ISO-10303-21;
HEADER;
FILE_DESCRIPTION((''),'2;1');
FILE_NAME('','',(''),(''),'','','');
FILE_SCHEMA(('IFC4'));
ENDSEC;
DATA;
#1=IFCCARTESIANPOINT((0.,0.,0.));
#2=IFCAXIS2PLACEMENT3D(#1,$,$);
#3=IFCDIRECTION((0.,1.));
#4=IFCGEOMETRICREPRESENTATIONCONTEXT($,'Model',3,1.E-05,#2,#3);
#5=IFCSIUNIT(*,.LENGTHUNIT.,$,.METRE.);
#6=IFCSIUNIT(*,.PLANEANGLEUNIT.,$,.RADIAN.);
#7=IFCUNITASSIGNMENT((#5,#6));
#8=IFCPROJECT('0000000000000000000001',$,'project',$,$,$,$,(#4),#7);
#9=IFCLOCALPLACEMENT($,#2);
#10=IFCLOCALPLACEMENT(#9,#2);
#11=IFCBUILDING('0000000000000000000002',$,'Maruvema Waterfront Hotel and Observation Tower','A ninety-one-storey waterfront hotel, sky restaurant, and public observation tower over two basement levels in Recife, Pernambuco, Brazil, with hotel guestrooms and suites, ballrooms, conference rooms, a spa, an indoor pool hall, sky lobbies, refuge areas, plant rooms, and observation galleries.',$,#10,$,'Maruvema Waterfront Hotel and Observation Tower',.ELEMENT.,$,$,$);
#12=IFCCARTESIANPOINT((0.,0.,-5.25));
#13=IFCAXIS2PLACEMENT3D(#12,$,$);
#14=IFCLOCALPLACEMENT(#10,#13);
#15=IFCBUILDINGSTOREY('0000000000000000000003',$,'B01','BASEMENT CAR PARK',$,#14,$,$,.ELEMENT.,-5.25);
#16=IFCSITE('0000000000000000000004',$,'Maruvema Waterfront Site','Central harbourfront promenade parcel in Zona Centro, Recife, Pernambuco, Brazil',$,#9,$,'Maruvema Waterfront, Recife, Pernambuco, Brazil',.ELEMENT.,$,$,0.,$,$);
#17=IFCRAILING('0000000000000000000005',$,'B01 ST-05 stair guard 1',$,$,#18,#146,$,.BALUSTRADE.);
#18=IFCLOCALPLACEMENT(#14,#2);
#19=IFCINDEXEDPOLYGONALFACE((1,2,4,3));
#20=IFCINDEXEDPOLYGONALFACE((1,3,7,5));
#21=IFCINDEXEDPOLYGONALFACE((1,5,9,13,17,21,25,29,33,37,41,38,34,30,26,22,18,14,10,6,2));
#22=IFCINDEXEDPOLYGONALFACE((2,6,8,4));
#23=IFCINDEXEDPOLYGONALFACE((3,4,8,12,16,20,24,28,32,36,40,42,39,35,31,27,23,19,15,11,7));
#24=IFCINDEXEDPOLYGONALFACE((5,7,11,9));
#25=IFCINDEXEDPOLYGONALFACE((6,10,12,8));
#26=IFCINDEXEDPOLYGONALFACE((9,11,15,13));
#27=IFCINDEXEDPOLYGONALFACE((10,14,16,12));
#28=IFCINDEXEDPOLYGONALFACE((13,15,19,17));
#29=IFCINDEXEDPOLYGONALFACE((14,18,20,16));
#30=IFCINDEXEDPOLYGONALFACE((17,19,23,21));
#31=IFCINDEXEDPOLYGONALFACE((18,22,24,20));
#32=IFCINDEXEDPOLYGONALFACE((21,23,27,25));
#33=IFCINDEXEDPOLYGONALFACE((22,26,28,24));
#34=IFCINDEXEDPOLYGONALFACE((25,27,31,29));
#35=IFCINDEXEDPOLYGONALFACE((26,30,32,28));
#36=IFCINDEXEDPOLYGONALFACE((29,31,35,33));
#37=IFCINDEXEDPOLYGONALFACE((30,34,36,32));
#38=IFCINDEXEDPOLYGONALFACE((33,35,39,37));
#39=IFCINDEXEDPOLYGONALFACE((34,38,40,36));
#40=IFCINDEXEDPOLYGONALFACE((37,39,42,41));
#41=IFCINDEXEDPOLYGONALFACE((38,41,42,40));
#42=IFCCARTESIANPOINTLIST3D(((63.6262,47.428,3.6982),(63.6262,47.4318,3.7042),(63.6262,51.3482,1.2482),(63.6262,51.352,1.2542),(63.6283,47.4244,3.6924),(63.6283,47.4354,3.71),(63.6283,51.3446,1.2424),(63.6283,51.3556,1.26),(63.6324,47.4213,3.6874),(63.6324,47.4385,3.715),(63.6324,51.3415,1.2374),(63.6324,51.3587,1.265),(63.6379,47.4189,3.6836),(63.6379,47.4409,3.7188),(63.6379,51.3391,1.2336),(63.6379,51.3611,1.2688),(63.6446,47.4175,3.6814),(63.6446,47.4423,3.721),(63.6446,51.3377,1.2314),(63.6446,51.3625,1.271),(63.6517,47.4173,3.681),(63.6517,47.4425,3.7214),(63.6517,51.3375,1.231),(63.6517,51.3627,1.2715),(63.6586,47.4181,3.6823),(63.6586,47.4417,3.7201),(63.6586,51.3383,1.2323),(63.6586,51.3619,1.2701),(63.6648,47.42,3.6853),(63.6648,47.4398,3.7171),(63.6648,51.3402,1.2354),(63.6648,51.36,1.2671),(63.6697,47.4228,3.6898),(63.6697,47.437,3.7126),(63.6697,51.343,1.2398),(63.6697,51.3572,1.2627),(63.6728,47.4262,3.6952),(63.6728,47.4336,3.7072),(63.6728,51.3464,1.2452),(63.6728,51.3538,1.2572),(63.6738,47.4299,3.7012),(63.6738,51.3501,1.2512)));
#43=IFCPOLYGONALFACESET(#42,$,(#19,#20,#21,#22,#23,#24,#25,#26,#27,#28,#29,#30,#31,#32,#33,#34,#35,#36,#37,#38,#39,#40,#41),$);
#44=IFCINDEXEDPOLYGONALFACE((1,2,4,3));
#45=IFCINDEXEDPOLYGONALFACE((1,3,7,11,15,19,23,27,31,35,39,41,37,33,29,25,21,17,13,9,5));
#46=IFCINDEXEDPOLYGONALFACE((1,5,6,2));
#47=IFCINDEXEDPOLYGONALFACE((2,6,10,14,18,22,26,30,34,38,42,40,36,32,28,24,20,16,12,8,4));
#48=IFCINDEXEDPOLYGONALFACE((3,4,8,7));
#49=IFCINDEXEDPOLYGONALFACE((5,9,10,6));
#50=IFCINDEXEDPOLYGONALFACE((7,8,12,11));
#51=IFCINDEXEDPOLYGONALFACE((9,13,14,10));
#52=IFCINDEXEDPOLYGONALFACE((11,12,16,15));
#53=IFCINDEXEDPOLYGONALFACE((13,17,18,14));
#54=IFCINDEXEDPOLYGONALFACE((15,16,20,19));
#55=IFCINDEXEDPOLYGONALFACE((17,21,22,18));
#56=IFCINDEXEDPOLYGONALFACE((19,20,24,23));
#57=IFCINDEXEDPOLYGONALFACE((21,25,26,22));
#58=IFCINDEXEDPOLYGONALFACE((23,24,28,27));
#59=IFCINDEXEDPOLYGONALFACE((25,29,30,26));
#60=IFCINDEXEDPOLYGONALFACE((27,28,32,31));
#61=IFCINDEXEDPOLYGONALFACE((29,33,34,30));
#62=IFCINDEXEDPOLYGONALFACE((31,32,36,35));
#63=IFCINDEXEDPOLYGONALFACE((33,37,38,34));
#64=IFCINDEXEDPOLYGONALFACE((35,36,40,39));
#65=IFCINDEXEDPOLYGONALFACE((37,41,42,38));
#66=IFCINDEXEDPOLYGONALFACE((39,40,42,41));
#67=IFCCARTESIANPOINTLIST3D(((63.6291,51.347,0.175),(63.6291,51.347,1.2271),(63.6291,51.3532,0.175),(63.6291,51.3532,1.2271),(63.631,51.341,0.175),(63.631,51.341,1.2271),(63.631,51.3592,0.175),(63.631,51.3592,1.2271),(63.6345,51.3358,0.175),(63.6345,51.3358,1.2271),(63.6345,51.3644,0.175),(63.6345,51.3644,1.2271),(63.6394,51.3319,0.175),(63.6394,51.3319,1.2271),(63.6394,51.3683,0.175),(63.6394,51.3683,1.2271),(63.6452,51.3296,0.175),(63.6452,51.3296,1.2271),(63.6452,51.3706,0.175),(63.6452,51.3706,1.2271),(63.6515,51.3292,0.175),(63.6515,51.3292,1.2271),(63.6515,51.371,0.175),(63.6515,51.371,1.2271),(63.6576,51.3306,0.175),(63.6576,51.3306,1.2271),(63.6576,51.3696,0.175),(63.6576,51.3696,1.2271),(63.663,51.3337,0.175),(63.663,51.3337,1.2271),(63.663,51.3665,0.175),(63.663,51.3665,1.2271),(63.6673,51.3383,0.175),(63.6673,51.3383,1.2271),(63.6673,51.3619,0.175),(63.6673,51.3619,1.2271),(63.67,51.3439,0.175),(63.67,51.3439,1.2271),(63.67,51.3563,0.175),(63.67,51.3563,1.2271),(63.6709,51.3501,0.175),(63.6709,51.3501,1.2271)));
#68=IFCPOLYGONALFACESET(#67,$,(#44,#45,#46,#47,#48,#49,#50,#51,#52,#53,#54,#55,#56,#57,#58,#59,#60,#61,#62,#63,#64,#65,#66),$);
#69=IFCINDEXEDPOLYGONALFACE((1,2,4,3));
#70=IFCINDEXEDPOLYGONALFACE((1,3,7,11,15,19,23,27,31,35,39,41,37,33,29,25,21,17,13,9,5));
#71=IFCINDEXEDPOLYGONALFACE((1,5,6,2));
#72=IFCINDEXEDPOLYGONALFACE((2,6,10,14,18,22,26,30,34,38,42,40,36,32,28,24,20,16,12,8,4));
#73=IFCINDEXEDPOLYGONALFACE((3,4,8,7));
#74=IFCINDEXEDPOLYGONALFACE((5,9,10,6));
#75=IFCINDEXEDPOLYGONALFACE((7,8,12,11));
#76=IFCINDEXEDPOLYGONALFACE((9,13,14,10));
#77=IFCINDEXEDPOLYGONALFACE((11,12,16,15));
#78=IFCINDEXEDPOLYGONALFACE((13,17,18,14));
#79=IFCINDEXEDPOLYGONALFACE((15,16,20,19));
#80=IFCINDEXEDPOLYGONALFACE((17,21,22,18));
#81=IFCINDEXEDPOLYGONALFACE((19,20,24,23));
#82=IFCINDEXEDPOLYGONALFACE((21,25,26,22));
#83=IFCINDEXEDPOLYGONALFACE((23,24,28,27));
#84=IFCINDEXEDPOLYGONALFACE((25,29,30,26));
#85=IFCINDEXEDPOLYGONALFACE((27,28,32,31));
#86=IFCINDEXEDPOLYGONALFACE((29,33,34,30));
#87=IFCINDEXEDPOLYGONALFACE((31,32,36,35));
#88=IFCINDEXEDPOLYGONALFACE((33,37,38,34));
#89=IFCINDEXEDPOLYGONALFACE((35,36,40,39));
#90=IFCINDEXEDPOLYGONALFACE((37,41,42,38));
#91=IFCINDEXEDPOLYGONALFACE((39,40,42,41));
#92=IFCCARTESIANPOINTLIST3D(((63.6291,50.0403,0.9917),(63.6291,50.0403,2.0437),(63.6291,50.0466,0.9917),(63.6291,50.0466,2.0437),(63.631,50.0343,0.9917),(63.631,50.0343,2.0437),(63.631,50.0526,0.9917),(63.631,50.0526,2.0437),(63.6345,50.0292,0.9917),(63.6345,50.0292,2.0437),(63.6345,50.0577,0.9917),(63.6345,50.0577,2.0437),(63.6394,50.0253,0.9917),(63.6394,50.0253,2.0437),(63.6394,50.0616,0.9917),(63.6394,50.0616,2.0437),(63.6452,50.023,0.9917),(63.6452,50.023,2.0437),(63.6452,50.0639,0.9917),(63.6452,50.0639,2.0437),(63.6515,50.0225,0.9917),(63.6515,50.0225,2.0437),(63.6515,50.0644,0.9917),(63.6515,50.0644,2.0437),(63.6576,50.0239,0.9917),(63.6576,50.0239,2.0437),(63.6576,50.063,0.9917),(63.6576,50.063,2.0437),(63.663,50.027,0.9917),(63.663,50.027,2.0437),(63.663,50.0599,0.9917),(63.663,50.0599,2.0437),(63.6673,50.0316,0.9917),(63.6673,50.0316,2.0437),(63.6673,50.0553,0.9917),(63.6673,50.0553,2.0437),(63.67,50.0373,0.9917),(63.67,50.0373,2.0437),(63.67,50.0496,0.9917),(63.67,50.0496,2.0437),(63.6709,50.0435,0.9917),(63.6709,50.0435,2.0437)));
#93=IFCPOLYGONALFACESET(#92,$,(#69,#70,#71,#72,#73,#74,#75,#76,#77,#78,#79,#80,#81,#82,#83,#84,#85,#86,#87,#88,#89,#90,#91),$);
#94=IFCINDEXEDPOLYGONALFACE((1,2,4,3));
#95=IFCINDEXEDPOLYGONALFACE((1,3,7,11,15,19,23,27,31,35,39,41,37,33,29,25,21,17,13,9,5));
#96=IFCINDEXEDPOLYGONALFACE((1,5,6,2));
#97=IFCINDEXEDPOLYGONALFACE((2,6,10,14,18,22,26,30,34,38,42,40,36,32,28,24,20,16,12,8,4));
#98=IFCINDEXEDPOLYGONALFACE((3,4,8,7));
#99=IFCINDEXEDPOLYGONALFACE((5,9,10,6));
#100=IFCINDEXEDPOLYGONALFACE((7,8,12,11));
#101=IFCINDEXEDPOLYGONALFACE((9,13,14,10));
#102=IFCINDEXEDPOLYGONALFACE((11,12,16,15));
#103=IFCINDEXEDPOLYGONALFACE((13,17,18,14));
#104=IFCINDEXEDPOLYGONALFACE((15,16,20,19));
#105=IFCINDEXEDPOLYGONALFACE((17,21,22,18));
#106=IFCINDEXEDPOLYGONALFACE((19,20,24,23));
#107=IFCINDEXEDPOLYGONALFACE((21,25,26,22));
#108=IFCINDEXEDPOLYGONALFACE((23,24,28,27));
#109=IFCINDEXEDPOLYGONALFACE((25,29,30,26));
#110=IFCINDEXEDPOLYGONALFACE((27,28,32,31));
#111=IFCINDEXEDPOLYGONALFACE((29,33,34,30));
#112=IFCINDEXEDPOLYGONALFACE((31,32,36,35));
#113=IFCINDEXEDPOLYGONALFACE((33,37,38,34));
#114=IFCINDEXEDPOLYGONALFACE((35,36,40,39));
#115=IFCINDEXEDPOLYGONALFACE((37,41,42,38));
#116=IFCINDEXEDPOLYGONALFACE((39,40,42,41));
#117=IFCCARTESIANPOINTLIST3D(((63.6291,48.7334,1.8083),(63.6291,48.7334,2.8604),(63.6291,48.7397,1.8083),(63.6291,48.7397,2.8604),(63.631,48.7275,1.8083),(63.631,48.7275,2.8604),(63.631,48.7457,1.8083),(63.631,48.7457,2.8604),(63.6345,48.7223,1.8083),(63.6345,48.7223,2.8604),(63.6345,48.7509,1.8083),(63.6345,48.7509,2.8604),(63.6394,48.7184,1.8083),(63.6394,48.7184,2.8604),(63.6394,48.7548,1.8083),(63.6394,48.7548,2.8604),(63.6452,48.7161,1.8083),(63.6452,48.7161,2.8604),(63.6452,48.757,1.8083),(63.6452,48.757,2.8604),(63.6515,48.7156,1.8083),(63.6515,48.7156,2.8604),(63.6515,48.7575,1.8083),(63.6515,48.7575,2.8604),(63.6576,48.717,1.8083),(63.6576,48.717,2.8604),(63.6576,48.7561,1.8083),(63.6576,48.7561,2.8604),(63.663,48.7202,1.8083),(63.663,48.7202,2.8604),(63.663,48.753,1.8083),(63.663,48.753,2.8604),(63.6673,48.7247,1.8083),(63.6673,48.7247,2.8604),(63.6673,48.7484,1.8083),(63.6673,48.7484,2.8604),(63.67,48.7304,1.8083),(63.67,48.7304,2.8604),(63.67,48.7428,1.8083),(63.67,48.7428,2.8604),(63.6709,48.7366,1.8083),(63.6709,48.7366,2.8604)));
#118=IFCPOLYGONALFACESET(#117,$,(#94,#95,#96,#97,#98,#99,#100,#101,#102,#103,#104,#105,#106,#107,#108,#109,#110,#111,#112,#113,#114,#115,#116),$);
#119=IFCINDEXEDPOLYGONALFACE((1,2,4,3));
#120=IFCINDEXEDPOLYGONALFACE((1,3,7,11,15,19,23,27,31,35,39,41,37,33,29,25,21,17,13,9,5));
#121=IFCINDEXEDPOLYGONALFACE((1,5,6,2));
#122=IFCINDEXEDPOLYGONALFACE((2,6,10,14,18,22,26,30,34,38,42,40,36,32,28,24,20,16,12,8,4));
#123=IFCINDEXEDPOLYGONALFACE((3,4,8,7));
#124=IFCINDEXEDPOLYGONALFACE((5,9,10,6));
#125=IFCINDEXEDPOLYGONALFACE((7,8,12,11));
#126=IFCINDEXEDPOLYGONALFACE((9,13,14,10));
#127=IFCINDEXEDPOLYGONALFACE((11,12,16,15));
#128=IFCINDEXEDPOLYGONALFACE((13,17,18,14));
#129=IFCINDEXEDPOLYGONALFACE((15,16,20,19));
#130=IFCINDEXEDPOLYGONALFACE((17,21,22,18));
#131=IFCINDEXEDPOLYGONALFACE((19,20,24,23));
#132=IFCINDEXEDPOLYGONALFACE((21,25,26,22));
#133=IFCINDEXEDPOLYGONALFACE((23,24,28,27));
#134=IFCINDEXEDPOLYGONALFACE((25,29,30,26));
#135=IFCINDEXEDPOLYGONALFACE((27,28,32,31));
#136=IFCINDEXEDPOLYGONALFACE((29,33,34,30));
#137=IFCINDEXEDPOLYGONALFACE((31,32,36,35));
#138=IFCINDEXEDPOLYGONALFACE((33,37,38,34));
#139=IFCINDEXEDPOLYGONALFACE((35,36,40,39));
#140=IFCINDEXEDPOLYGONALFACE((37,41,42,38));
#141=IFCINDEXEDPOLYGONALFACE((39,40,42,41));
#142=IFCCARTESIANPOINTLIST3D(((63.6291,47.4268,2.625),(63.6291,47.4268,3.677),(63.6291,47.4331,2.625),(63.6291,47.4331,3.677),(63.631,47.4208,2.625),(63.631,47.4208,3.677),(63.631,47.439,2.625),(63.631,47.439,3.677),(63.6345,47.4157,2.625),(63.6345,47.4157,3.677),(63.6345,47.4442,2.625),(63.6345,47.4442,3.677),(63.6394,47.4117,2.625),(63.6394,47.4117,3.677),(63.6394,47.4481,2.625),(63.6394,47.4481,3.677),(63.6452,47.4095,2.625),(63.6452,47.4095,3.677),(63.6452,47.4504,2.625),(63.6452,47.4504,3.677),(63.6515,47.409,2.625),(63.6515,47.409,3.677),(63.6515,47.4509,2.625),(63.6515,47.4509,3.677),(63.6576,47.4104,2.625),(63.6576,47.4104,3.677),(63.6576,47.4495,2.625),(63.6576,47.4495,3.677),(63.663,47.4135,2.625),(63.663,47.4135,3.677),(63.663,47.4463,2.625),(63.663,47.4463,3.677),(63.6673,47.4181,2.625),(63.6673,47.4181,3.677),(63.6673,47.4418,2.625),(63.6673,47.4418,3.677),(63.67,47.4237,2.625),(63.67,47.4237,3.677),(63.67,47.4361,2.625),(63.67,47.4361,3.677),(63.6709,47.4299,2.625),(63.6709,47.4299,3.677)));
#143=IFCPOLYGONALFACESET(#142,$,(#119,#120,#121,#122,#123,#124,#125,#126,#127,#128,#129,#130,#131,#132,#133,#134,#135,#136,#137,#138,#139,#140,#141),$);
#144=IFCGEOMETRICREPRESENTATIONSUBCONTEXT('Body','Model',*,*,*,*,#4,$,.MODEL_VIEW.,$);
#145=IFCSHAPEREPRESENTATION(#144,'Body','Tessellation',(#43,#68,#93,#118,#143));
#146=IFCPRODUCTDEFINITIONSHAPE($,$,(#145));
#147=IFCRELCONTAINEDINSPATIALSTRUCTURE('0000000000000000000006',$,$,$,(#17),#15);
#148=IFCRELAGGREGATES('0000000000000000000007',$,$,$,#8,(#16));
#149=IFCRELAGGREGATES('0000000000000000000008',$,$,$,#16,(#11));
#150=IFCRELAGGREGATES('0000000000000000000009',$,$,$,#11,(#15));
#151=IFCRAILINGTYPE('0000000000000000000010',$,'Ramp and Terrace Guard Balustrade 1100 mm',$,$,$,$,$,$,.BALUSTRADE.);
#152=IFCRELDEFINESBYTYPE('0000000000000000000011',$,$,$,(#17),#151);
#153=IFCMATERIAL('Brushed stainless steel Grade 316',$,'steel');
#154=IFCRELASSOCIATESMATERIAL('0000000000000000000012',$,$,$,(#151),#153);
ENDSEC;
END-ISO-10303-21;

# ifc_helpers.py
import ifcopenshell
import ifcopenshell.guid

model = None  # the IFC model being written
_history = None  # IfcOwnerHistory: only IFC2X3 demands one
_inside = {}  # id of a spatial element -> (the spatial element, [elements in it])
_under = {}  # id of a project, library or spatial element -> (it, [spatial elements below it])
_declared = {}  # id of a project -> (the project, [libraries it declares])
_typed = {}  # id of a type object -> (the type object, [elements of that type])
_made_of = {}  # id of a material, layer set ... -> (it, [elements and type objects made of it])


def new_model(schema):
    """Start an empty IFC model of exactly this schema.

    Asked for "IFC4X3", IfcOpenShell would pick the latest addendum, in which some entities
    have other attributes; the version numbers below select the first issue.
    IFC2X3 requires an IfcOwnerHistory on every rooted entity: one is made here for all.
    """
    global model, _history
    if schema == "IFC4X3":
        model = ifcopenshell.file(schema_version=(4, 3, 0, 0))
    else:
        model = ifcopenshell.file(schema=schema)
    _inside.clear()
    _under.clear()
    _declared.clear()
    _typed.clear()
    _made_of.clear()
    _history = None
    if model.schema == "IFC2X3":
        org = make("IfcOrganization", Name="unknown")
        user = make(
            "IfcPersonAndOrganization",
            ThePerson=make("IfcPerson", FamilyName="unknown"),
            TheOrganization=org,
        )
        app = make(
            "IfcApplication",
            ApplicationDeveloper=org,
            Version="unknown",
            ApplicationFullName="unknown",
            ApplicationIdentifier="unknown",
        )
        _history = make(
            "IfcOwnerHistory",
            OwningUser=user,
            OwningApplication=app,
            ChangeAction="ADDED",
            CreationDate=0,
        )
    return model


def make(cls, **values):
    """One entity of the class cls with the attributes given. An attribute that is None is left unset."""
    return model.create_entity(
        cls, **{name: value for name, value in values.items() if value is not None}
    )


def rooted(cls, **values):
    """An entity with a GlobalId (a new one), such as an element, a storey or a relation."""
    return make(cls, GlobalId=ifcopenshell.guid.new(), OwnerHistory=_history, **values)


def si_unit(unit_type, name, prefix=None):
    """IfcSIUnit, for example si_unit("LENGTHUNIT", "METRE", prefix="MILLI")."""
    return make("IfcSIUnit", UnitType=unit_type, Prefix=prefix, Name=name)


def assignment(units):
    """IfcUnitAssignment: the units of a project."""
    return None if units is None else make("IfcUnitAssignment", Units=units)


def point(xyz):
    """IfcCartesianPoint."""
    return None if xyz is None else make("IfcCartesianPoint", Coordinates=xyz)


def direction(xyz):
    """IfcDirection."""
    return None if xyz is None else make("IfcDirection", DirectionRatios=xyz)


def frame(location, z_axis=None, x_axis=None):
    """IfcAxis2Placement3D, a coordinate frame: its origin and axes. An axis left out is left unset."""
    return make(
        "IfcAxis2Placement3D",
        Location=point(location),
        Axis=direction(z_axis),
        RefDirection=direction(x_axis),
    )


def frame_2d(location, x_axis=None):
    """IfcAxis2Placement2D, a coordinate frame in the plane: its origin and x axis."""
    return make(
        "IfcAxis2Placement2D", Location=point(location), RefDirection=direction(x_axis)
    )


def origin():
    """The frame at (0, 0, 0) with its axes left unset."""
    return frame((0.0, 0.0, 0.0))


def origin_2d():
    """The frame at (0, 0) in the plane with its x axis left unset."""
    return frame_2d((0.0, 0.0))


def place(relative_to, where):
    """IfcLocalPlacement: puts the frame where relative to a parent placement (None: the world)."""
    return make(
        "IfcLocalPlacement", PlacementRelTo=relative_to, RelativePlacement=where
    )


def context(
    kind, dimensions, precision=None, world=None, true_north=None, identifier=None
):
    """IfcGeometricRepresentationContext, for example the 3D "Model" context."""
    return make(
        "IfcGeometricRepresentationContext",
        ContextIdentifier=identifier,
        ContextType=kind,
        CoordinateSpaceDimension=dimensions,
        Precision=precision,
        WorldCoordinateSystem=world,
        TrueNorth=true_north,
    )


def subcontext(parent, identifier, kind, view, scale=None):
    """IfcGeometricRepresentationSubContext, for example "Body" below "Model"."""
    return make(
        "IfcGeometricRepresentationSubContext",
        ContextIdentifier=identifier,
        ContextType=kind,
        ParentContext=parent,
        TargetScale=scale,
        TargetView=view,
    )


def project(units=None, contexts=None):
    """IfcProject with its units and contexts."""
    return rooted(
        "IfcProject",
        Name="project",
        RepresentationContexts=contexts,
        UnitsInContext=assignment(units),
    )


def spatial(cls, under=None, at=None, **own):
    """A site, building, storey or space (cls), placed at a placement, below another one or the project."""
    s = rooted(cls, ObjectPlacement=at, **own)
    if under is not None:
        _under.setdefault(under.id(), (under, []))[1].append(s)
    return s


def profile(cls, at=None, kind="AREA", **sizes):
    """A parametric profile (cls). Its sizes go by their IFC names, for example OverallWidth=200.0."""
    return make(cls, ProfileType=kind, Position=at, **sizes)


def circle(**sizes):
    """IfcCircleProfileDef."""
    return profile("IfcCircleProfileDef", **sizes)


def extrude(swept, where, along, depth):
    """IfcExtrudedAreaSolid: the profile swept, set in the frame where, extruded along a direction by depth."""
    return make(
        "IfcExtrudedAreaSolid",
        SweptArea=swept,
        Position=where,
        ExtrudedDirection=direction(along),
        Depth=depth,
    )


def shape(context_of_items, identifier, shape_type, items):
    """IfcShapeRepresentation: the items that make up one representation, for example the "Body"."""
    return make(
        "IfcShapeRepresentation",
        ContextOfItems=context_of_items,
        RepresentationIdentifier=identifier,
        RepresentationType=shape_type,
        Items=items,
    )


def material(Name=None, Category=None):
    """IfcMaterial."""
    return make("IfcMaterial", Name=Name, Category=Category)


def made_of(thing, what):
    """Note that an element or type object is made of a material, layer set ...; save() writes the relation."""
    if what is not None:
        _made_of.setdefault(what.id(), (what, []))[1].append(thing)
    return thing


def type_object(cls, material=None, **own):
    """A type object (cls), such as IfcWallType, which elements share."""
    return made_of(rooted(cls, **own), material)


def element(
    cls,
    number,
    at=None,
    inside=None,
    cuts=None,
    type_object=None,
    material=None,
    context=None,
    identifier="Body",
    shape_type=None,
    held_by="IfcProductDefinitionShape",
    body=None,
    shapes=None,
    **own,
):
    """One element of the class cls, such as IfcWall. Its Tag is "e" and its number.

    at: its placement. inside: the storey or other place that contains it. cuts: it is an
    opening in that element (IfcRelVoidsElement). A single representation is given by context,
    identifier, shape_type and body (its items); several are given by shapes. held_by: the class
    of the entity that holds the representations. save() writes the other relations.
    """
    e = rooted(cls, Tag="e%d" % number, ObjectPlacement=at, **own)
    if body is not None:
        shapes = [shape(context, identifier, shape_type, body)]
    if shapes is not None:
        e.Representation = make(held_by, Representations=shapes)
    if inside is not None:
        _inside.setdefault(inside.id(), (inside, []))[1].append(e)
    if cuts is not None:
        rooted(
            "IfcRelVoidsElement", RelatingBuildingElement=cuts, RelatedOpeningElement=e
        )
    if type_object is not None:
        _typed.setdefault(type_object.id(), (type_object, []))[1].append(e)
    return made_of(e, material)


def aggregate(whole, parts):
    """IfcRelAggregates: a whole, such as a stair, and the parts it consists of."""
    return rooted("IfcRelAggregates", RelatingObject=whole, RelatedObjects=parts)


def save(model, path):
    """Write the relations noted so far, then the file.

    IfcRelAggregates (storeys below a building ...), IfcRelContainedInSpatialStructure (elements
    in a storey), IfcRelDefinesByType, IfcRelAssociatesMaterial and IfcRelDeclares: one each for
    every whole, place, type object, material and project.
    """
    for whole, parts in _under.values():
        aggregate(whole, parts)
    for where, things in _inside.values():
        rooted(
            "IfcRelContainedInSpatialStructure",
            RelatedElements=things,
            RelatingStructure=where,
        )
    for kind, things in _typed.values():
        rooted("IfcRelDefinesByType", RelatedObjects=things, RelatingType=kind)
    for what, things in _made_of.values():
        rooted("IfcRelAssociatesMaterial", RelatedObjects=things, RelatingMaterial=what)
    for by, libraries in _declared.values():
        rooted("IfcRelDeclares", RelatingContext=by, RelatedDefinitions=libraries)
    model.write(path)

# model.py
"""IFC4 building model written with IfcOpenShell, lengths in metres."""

from ifc_helpers import new_model, si_unit, direction, frame, origin, origin_2d, place, context, subcontext, project, spatial, circle, extrude, material, type_object, element, save


model = new_model("IFC4")

# Units and contexts
model_context = context("Model", 3, precision=1e-05, world=origin(), true_north=direction((0.0, 1.0)))
body_context = subcontext(model_context, "Body", "Model", "MODEL_VIEW")
ifc_project = project(units=[si_unit("LENGTHUNIT", "METRE"), si_unit("PLANEANGLEUNIT", "RADIAN")], contexts=[model_context])

# Site, building, storey
site_placement = place(None, origin())
site = spatial("IfcSite", under=ifc_project, at=site_placement, Name="Maruvema Waterfront Site", Description="Central harbourfront promenade parcel in Zona Centro, Recife, Pernambuco, Brazil", LongName="Maruvema Waterfront, Recife, Pernambuco, Brazil", CompositionType="ELEMENT", RefElevation=0.0)
building_placement = place(site_placement, origin())
building = spatial("IfcBuilding", under=site, at=building_placement, Name="Maruvema Waterfront Hotel and Observation Tower", Description="A ninety-one-storey waterfront hotel, sky restaurant, and public observation tower over two basement levels in Recife, Pernambuco, Brazil, with hotel guestrooms and suites, ballrooms, conference rooms, a spa, an indoor pool hall, sky lobbies, refuge areas, plant rooms, and observation galleries.", LongName="Maruvema Waterfront Hotel and Observation Tower", CompositionType="ELEMENT")
storey_placement = place(building_placement, frame((0.0, 0.0, -5.25)))
storey = spatial("IfcBuildingStorey", under=building, at=storey_placement, Name="B01", Description="BASEMENT CAR PARK", CompositionType="ELEMENT", Elevation=-5.25)

# Railing
ifc_material_1 = material(Name="Brushed stainless steel Grade 316", Category="steel")
railing_type_1 = type_object("IfcRailingType", Name="Ramp and Terrace Guard Balustrade 1100 mm", PredefinedType="BALUSTRADE", material=ifc_material_1)
railing_1_placement = place(storey_placement, frame((63.6499, 51.3501, 0.175)))
element("IfcRailing", 1, at=railing_1_placement, inside=storey, type_object=railing_type_1, Name="B01 ST-05 stair guard 1", PredefinedType="BALUSTRADE", context=body_context, shape_type="SweptSolid", body=[
    extrude(circle(Radius=0.0239, at=origin_2d()), frame((0.0, 0.0, 1.0762), z_axis=(0.0, -0.848013, 0.529975), x_axis=(1.0, 0.0, 0.0)), (0.0, 0.0, 1.0), 4.6228),
    extrude(circle(Radius=0.021, at=origin_2d()), origin(), (0.0, 0.0, 1.0), 1.052),
    extrude(circle(Radius=0.021, at=origin_2d()), frame((0.0, -1.3066, 0.8167)), (0.0, 0.0, 1.0), 1.052),
    extrude(circle(Radius=0.021, at=origin_2d()), frame((0.0, -2.6135, 1.6333)), (0.0, 0.0, 1.0), 1.052),
    extrude(circle(Radius=0.021, at=origin_2d()), frame((0.0, -3.9202, 2.45)), (0.0, 0.0, 1.0), 1.052),
])

save(model, "model.ifc")
